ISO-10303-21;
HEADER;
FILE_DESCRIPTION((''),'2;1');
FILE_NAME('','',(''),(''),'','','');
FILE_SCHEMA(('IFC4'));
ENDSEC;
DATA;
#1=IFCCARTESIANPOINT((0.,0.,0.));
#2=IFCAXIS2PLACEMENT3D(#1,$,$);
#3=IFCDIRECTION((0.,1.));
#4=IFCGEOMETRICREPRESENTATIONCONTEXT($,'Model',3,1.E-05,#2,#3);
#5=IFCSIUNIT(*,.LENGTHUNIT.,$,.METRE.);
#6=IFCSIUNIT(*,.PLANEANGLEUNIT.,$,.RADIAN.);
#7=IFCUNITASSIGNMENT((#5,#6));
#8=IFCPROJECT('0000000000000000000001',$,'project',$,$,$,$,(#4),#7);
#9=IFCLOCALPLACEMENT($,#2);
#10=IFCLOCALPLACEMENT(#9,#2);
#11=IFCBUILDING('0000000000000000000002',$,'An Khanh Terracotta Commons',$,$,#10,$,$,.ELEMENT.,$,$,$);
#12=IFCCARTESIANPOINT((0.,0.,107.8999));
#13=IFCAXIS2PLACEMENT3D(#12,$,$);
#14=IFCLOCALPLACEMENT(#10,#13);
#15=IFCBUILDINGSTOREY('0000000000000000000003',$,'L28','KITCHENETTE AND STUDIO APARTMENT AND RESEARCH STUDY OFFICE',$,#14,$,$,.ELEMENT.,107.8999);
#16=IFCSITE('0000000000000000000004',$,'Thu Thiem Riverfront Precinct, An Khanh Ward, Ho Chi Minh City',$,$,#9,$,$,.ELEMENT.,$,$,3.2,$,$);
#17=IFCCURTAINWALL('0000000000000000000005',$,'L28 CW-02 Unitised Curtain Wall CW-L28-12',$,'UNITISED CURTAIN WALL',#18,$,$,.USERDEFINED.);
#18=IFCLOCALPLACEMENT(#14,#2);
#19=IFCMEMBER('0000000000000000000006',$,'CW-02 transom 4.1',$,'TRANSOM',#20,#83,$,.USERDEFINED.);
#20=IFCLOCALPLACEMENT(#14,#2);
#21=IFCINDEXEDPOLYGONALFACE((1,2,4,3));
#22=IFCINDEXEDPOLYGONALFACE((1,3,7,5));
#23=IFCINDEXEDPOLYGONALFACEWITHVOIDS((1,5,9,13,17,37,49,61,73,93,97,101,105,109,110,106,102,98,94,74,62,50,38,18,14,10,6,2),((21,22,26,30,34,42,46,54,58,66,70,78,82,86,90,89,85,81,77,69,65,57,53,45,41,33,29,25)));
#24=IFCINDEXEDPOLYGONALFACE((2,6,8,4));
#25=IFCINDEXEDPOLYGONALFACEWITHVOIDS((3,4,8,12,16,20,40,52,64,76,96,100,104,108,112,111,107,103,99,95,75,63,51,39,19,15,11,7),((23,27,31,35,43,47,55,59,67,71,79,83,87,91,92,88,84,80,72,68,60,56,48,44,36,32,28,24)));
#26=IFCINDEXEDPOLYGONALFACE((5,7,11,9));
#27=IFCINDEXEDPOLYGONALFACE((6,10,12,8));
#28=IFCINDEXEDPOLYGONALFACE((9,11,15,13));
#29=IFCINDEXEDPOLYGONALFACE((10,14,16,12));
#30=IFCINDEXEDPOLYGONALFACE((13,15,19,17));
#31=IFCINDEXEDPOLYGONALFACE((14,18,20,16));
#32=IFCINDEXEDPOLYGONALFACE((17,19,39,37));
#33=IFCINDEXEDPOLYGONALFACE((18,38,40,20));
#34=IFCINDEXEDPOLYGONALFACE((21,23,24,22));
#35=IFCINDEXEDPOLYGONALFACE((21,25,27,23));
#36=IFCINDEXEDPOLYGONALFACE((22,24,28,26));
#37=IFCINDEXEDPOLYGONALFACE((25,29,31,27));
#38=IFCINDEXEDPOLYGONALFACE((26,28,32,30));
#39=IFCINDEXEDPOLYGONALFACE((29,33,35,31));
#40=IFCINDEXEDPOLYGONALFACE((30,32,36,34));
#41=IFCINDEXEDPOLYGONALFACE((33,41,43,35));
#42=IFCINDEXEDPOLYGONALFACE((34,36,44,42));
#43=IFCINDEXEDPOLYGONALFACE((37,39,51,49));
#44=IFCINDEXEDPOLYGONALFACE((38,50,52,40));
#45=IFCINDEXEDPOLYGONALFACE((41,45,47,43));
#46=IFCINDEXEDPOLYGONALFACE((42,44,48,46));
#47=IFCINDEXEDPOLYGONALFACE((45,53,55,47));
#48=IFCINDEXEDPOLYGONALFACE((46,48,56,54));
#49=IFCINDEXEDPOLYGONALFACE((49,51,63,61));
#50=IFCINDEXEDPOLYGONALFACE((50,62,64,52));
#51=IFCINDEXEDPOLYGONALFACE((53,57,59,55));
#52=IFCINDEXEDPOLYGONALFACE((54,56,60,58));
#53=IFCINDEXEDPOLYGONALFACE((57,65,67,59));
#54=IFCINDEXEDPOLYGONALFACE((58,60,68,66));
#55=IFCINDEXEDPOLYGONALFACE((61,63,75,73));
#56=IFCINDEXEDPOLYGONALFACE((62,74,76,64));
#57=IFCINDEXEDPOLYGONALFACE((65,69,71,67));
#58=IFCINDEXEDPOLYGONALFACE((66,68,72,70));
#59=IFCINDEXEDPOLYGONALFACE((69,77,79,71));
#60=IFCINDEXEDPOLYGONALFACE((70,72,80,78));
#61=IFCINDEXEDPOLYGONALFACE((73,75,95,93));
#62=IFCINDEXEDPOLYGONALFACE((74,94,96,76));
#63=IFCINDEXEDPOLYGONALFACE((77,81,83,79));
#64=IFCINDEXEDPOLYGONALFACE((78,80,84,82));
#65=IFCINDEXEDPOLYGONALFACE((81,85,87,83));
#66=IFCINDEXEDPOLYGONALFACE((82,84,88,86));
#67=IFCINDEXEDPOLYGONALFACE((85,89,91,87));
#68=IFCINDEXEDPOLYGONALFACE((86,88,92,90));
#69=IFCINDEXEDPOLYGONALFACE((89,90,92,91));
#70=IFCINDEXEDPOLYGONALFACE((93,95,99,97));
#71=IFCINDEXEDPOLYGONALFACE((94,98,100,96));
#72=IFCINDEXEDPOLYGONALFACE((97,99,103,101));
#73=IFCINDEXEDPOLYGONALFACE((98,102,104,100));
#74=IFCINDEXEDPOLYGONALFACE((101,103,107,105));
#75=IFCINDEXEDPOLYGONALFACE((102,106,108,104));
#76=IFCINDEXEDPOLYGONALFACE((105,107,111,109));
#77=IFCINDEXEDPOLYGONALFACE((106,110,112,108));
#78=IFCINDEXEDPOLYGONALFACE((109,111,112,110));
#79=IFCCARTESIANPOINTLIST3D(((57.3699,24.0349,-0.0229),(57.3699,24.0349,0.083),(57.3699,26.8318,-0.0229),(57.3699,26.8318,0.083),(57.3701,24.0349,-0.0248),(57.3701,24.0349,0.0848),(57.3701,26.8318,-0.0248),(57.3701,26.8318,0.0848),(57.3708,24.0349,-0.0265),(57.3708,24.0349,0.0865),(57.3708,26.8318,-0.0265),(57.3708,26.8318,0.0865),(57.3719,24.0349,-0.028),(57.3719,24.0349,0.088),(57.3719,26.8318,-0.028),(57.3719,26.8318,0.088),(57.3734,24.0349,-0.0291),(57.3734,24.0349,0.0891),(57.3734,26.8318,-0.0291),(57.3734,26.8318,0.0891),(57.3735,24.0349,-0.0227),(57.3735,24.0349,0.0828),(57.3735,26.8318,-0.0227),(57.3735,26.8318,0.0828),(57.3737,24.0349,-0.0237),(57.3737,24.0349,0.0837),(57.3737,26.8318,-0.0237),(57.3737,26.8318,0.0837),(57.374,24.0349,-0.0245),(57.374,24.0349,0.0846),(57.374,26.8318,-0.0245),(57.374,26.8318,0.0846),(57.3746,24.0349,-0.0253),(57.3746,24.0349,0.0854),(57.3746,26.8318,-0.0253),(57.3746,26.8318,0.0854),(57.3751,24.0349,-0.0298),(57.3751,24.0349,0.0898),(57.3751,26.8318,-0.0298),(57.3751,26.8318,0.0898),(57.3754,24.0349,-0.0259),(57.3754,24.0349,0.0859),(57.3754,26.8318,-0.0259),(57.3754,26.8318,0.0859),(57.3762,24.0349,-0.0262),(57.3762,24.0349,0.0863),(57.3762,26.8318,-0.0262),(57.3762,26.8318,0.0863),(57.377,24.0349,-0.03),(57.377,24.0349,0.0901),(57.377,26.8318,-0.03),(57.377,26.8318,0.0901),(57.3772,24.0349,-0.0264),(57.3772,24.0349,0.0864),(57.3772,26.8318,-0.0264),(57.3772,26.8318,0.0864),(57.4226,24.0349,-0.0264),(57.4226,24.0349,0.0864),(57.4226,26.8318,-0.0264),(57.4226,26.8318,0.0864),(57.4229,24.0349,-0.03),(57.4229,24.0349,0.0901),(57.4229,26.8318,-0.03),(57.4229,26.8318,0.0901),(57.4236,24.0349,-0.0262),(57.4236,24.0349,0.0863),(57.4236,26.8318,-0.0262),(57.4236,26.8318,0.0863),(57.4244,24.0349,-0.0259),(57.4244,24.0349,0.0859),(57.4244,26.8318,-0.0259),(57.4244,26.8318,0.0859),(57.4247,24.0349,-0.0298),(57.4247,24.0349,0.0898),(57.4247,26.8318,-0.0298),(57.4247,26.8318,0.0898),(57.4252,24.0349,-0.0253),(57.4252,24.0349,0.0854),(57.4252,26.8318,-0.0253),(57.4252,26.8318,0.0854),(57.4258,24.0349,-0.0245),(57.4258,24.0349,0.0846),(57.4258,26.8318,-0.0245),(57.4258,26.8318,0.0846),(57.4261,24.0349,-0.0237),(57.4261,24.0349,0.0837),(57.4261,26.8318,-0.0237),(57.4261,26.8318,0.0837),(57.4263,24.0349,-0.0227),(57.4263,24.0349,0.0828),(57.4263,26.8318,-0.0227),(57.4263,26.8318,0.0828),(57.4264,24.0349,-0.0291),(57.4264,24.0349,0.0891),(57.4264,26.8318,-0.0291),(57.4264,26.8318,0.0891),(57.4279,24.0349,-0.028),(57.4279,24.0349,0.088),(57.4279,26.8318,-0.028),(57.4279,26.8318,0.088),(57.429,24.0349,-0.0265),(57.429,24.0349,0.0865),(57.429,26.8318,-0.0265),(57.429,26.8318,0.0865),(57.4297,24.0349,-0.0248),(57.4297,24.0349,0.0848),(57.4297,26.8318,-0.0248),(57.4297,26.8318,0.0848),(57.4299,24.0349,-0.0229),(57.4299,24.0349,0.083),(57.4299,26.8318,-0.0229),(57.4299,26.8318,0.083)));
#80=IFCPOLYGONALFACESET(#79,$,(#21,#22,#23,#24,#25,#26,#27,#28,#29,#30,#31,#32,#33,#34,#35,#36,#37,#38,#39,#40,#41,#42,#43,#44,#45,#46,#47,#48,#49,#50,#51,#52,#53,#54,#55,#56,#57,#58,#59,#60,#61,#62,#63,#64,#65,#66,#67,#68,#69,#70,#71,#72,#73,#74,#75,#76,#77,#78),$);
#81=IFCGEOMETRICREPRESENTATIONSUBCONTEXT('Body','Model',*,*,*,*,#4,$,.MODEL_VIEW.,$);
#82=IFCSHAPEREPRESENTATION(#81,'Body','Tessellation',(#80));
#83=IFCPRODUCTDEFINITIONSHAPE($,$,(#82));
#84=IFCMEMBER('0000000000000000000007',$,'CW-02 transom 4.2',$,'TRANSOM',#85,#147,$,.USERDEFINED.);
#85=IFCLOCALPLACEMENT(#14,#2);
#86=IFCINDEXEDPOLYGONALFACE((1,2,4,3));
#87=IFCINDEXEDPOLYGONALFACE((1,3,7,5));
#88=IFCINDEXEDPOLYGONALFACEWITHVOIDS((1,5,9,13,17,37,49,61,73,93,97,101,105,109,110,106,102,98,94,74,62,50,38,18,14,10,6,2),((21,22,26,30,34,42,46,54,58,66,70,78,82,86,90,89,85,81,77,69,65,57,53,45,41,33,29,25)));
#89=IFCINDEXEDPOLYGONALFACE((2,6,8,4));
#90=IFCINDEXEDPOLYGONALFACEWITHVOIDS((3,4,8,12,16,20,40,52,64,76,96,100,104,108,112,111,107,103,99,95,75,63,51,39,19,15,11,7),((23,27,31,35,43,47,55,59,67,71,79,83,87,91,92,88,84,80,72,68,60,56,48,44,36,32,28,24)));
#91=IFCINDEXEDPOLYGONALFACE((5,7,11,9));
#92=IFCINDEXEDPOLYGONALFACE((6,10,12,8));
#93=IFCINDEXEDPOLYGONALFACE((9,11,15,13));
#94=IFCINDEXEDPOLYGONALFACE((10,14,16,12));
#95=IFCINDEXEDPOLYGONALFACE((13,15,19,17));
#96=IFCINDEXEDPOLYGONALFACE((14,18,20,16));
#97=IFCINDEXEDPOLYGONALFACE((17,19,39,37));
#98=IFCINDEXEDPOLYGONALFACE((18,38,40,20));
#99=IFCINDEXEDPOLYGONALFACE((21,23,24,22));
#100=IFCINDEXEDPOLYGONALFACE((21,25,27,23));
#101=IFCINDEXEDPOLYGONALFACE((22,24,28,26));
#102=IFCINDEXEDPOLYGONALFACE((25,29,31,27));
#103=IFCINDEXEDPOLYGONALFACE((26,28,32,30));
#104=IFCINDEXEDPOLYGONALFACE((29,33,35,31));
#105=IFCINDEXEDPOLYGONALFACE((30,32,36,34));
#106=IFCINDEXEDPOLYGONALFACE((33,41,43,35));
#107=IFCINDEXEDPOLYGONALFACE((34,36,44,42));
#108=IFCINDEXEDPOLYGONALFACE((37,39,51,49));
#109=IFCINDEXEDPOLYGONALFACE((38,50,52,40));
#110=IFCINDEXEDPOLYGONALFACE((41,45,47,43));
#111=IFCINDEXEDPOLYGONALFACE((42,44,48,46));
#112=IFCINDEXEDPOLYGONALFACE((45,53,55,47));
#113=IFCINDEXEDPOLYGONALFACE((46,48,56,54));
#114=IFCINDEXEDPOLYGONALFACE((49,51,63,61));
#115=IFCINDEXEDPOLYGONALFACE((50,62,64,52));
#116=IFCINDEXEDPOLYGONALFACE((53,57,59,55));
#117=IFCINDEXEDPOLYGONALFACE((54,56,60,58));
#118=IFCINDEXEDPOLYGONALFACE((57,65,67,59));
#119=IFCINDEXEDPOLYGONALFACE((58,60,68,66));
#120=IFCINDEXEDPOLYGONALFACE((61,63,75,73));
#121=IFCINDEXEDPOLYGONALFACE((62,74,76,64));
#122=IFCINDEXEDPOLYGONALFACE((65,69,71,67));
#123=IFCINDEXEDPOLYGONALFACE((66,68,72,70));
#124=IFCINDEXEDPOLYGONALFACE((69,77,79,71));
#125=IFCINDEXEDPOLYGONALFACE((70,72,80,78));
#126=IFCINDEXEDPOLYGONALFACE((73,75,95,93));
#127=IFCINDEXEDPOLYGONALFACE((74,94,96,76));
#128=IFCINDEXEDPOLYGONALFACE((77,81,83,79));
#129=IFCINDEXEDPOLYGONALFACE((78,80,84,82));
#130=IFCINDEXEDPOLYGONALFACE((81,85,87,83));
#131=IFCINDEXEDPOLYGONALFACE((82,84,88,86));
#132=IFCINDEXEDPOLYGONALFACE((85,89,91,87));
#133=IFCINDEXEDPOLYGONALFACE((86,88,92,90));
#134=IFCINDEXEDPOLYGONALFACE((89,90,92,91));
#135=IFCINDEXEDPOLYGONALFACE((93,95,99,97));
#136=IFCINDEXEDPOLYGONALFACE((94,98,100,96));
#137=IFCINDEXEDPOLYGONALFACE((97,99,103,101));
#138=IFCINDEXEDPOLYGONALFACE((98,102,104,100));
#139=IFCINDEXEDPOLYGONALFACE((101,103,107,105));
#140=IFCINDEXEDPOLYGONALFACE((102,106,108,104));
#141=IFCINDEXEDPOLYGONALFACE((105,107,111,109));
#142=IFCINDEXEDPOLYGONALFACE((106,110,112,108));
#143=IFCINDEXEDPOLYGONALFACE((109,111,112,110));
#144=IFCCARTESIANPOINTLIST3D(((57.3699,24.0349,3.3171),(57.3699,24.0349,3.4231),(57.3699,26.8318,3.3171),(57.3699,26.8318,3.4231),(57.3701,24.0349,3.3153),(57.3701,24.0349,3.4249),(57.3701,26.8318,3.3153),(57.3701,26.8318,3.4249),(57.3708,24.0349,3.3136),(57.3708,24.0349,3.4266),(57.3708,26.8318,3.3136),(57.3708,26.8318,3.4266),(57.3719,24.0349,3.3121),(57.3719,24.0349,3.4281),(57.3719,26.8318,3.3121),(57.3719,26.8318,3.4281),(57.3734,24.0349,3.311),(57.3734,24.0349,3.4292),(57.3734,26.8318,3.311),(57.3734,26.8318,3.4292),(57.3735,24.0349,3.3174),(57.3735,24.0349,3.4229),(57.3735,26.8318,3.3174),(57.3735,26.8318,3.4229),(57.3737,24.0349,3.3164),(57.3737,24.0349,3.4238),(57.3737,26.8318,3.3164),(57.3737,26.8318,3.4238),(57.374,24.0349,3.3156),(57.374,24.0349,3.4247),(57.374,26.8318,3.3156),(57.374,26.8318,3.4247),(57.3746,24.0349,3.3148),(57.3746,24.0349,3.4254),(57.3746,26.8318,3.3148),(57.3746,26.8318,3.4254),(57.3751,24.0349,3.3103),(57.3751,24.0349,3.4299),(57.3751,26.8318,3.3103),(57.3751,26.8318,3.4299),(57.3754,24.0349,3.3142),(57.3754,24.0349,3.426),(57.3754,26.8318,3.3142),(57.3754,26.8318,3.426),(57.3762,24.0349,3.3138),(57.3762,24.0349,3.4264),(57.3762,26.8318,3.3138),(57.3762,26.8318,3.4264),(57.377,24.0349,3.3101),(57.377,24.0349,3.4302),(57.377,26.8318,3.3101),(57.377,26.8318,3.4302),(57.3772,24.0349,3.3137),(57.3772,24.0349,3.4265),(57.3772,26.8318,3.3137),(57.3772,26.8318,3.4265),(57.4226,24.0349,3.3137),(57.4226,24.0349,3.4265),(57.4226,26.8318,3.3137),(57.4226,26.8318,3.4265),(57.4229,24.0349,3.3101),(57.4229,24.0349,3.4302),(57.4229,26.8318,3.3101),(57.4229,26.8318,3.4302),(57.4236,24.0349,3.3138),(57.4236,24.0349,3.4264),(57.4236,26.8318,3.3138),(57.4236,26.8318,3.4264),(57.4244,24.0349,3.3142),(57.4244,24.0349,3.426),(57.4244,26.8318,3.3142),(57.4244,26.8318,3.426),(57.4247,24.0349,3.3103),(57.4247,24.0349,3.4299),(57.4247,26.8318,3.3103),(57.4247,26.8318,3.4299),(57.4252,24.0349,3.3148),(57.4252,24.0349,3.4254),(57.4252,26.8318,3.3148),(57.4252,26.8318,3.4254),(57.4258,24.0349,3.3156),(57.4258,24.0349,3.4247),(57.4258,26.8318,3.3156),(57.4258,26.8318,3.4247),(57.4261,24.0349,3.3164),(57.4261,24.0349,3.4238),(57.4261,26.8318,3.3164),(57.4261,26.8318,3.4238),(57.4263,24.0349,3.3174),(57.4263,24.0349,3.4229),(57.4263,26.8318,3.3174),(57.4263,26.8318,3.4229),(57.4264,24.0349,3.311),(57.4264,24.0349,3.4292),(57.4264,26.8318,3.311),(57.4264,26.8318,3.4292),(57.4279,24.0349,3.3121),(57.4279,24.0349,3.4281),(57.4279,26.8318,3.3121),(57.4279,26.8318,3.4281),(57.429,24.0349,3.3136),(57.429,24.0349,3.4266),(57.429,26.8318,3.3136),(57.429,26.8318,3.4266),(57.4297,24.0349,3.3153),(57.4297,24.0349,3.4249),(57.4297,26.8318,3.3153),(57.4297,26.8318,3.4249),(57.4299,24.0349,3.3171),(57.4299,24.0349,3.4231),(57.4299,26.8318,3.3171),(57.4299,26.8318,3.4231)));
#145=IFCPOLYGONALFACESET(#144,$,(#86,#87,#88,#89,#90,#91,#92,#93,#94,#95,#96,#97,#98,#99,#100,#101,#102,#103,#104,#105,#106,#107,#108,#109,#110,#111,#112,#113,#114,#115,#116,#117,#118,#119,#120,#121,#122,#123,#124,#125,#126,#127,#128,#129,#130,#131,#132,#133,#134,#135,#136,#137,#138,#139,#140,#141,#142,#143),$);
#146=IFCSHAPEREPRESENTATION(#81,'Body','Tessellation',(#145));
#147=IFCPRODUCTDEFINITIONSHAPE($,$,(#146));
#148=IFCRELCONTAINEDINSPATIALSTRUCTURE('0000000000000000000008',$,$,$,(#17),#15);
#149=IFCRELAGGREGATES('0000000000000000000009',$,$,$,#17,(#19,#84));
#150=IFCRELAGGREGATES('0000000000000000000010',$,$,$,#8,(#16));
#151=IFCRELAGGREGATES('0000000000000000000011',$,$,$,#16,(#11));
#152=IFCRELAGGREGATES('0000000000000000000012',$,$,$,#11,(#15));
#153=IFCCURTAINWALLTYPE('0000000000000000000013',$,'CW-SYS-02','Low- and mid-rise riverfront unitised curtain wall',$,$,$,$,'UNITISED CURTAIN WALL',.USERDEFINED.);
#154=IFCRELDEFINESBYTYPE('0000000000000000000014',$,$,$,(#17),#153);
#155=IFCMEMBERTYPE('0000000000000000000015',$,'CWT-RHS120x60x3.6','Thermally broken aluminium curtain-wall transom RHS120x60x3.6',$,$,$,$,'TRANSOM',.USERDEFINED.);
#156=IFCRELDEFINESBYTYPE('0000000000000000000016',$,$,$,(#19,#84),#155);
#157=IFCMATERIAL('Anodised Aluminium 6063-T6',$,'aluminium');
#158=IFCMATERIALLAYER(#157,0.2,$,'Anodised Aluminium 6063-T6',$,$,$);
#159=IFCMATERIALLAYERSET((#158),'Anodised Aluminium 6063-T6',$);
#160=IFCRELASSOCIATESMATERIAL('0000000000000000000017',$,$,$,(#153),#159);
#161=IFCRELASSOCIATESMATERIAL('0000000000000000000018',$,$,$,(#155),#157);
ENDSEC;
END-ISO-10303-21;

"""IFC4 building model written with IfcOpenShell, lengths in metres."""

from ifc_helpers import new_model, si_unit, direction, frame, origin, origin_2d, place, context, subcontext, project, spatial, hollow_rectangle, extrude, material, layer, layer_set, material_profile, profile_set, type_object, element, aggregate, save


model = new_model("IFC4")

# Units and contexts
model_context = context("Model", 3, precision=1e-05, world=origin(), true_north=direction((0.0, 1.0)))
body_context = subcontext(model_context, "Body", "Model", "MODEL_VIEW")
ifc_project = project(units=[si_unit("LENGTHUNIT", "METRE"), si_unit("PLANEANGLEUNIT", "RADIAN")], contexts=[model_context])

# Site, building, storey
site_placement = place(None, origin())
site = spatial("IfcSite", under=ifc_project, at=site_placement, Name="Thu Thiem Riverfront Precinct, An Khanh Ward, Ho Chi Minh City", CompositionType="ELEMENT", RefElevation=3.2)
building_placement = place(site_placement, origin())
building = spatial("IfcBuilding", under=site, at=building_placement, Name="An Khanh Terracotta Commons", CompositionType="ELEMENT")
storey_placement = place(building_placement, frame((0.0, 0.0, 107.8999)))
storey = spatial("IfcBuildingStorey", under=building, at=storey_placement, Name="L28", Description="KITCHENETTE AND STUDIO APARTMENT AND RESEARCH STUDY OFFICE", CompositionType="ELEMENT", Elevation=107.8999)

# Curtain wall, members
ifc_material_1 = material(Name="Anodised Aluminium 6063-T6", Category="aluminium")
ifc_layer_1 = layer(ifc_material_1, 0.2, Name="Anodised Aluminium 6063-T6")
ifc_layer_set_1 = layer_set([ifc_layer_1], Name="Anodised Aluminium 6063-T6")
curtain_wall_type = type_object("IfcCurtainWallType", Name="CW-SYS-02", Description="Low- and mid-rise riverfront unitised curtain wall", ElementType="UNITISED CURTAIN WALL", PredefinedType="USERDEFINED", material=ifc_layer_set_1)
curtain_wall_placement = place(storey_placement, origin())
curtain_wall = element("IfcCurtainWall", 1, at=curtain_wall_placement, inside=storey, type_object=curtain_wall_type, Name="L28 CW-02 Unitised Curtain Wall CW-L28-12", ObjectType="UNITISED CURTAIN WALL", PredefinedType="USERDEFINED")
ifc_material_profile_1 = material_profile(ifc_material_1, hollow_rectangle(XDim=0.0601, YDim=0.1201, WallThickness=0.0037, InnerFilletRadius=0.0037, OuterFilletRadius=0.0071, at=origin_2d()), Name="RHS120x60x3.6")
ifc_profile_set_1 = profile_set([ifc_material_profile_1], Name="Anodised Aluminium 6063-T6")
member_type_1 = type_object("IfcMemberType", Name="CWT-RHS120x60x3.6", Description="Thermally broken aluminium curtain-wall transom RHS120x60x3.6", ElementType="TRANSOM", PredefinedType="USERDEFINED", material=ifc_profile_set_1)
member_1_placement = place(storey_placement, frame((57.3999, 24.0349, 0.03), z_axis=(0.0, 1.0, 0.0), x_axis=(-1.0, 0.0, 0.0)))
member_1 = element("IfcMember", 2, at=member_1_placement, type_object=member_type_1, Name="CW-02 transom 4.1", ObjectType="TRANSOM", PredefinedType="USERDEFINED", context=body_context, shape_type="SweptSolid", body=[
    extrude(hollow_rectangle(XDim=0.0601, YDim=0.1201, WallThickness=0.0037, InnerFilletRadius=0.0037, OuterFilletRadius=0.0071, at=origin_2d()), origin(), (0.0, 0.0, 1.0), 2.7969),
])
member_2_placement = place(storey_placement, frame((57.3999, 24.0349, 3.3701), z_axis=(0.0, 1.0, 0.0), x_axis=(-1.0, 0.0, 0.0)))
member_2 = element("IfcMember", 3, at=member_2_placement, type_object=member_type_1, Name="CW-02 transom 4.2", ObjectType="TRANSOM", PredefinedType="USERDEFINED", context=body_context, shape_type="SweptSolid", body=[
    extrude(hollow_rectangle(XDim=0.0601, YDim=0.1201, WallThickness=0.0037, InnerFilletRadius=0.0037, OuterFilletRadius=0.0071, at=origin_2d()), origin(), (0.0, 0.0, 1.0), 2.7969),
])
aggregate(curtain_wall, [member_1, member_2])

save(model, "model.ifc")
